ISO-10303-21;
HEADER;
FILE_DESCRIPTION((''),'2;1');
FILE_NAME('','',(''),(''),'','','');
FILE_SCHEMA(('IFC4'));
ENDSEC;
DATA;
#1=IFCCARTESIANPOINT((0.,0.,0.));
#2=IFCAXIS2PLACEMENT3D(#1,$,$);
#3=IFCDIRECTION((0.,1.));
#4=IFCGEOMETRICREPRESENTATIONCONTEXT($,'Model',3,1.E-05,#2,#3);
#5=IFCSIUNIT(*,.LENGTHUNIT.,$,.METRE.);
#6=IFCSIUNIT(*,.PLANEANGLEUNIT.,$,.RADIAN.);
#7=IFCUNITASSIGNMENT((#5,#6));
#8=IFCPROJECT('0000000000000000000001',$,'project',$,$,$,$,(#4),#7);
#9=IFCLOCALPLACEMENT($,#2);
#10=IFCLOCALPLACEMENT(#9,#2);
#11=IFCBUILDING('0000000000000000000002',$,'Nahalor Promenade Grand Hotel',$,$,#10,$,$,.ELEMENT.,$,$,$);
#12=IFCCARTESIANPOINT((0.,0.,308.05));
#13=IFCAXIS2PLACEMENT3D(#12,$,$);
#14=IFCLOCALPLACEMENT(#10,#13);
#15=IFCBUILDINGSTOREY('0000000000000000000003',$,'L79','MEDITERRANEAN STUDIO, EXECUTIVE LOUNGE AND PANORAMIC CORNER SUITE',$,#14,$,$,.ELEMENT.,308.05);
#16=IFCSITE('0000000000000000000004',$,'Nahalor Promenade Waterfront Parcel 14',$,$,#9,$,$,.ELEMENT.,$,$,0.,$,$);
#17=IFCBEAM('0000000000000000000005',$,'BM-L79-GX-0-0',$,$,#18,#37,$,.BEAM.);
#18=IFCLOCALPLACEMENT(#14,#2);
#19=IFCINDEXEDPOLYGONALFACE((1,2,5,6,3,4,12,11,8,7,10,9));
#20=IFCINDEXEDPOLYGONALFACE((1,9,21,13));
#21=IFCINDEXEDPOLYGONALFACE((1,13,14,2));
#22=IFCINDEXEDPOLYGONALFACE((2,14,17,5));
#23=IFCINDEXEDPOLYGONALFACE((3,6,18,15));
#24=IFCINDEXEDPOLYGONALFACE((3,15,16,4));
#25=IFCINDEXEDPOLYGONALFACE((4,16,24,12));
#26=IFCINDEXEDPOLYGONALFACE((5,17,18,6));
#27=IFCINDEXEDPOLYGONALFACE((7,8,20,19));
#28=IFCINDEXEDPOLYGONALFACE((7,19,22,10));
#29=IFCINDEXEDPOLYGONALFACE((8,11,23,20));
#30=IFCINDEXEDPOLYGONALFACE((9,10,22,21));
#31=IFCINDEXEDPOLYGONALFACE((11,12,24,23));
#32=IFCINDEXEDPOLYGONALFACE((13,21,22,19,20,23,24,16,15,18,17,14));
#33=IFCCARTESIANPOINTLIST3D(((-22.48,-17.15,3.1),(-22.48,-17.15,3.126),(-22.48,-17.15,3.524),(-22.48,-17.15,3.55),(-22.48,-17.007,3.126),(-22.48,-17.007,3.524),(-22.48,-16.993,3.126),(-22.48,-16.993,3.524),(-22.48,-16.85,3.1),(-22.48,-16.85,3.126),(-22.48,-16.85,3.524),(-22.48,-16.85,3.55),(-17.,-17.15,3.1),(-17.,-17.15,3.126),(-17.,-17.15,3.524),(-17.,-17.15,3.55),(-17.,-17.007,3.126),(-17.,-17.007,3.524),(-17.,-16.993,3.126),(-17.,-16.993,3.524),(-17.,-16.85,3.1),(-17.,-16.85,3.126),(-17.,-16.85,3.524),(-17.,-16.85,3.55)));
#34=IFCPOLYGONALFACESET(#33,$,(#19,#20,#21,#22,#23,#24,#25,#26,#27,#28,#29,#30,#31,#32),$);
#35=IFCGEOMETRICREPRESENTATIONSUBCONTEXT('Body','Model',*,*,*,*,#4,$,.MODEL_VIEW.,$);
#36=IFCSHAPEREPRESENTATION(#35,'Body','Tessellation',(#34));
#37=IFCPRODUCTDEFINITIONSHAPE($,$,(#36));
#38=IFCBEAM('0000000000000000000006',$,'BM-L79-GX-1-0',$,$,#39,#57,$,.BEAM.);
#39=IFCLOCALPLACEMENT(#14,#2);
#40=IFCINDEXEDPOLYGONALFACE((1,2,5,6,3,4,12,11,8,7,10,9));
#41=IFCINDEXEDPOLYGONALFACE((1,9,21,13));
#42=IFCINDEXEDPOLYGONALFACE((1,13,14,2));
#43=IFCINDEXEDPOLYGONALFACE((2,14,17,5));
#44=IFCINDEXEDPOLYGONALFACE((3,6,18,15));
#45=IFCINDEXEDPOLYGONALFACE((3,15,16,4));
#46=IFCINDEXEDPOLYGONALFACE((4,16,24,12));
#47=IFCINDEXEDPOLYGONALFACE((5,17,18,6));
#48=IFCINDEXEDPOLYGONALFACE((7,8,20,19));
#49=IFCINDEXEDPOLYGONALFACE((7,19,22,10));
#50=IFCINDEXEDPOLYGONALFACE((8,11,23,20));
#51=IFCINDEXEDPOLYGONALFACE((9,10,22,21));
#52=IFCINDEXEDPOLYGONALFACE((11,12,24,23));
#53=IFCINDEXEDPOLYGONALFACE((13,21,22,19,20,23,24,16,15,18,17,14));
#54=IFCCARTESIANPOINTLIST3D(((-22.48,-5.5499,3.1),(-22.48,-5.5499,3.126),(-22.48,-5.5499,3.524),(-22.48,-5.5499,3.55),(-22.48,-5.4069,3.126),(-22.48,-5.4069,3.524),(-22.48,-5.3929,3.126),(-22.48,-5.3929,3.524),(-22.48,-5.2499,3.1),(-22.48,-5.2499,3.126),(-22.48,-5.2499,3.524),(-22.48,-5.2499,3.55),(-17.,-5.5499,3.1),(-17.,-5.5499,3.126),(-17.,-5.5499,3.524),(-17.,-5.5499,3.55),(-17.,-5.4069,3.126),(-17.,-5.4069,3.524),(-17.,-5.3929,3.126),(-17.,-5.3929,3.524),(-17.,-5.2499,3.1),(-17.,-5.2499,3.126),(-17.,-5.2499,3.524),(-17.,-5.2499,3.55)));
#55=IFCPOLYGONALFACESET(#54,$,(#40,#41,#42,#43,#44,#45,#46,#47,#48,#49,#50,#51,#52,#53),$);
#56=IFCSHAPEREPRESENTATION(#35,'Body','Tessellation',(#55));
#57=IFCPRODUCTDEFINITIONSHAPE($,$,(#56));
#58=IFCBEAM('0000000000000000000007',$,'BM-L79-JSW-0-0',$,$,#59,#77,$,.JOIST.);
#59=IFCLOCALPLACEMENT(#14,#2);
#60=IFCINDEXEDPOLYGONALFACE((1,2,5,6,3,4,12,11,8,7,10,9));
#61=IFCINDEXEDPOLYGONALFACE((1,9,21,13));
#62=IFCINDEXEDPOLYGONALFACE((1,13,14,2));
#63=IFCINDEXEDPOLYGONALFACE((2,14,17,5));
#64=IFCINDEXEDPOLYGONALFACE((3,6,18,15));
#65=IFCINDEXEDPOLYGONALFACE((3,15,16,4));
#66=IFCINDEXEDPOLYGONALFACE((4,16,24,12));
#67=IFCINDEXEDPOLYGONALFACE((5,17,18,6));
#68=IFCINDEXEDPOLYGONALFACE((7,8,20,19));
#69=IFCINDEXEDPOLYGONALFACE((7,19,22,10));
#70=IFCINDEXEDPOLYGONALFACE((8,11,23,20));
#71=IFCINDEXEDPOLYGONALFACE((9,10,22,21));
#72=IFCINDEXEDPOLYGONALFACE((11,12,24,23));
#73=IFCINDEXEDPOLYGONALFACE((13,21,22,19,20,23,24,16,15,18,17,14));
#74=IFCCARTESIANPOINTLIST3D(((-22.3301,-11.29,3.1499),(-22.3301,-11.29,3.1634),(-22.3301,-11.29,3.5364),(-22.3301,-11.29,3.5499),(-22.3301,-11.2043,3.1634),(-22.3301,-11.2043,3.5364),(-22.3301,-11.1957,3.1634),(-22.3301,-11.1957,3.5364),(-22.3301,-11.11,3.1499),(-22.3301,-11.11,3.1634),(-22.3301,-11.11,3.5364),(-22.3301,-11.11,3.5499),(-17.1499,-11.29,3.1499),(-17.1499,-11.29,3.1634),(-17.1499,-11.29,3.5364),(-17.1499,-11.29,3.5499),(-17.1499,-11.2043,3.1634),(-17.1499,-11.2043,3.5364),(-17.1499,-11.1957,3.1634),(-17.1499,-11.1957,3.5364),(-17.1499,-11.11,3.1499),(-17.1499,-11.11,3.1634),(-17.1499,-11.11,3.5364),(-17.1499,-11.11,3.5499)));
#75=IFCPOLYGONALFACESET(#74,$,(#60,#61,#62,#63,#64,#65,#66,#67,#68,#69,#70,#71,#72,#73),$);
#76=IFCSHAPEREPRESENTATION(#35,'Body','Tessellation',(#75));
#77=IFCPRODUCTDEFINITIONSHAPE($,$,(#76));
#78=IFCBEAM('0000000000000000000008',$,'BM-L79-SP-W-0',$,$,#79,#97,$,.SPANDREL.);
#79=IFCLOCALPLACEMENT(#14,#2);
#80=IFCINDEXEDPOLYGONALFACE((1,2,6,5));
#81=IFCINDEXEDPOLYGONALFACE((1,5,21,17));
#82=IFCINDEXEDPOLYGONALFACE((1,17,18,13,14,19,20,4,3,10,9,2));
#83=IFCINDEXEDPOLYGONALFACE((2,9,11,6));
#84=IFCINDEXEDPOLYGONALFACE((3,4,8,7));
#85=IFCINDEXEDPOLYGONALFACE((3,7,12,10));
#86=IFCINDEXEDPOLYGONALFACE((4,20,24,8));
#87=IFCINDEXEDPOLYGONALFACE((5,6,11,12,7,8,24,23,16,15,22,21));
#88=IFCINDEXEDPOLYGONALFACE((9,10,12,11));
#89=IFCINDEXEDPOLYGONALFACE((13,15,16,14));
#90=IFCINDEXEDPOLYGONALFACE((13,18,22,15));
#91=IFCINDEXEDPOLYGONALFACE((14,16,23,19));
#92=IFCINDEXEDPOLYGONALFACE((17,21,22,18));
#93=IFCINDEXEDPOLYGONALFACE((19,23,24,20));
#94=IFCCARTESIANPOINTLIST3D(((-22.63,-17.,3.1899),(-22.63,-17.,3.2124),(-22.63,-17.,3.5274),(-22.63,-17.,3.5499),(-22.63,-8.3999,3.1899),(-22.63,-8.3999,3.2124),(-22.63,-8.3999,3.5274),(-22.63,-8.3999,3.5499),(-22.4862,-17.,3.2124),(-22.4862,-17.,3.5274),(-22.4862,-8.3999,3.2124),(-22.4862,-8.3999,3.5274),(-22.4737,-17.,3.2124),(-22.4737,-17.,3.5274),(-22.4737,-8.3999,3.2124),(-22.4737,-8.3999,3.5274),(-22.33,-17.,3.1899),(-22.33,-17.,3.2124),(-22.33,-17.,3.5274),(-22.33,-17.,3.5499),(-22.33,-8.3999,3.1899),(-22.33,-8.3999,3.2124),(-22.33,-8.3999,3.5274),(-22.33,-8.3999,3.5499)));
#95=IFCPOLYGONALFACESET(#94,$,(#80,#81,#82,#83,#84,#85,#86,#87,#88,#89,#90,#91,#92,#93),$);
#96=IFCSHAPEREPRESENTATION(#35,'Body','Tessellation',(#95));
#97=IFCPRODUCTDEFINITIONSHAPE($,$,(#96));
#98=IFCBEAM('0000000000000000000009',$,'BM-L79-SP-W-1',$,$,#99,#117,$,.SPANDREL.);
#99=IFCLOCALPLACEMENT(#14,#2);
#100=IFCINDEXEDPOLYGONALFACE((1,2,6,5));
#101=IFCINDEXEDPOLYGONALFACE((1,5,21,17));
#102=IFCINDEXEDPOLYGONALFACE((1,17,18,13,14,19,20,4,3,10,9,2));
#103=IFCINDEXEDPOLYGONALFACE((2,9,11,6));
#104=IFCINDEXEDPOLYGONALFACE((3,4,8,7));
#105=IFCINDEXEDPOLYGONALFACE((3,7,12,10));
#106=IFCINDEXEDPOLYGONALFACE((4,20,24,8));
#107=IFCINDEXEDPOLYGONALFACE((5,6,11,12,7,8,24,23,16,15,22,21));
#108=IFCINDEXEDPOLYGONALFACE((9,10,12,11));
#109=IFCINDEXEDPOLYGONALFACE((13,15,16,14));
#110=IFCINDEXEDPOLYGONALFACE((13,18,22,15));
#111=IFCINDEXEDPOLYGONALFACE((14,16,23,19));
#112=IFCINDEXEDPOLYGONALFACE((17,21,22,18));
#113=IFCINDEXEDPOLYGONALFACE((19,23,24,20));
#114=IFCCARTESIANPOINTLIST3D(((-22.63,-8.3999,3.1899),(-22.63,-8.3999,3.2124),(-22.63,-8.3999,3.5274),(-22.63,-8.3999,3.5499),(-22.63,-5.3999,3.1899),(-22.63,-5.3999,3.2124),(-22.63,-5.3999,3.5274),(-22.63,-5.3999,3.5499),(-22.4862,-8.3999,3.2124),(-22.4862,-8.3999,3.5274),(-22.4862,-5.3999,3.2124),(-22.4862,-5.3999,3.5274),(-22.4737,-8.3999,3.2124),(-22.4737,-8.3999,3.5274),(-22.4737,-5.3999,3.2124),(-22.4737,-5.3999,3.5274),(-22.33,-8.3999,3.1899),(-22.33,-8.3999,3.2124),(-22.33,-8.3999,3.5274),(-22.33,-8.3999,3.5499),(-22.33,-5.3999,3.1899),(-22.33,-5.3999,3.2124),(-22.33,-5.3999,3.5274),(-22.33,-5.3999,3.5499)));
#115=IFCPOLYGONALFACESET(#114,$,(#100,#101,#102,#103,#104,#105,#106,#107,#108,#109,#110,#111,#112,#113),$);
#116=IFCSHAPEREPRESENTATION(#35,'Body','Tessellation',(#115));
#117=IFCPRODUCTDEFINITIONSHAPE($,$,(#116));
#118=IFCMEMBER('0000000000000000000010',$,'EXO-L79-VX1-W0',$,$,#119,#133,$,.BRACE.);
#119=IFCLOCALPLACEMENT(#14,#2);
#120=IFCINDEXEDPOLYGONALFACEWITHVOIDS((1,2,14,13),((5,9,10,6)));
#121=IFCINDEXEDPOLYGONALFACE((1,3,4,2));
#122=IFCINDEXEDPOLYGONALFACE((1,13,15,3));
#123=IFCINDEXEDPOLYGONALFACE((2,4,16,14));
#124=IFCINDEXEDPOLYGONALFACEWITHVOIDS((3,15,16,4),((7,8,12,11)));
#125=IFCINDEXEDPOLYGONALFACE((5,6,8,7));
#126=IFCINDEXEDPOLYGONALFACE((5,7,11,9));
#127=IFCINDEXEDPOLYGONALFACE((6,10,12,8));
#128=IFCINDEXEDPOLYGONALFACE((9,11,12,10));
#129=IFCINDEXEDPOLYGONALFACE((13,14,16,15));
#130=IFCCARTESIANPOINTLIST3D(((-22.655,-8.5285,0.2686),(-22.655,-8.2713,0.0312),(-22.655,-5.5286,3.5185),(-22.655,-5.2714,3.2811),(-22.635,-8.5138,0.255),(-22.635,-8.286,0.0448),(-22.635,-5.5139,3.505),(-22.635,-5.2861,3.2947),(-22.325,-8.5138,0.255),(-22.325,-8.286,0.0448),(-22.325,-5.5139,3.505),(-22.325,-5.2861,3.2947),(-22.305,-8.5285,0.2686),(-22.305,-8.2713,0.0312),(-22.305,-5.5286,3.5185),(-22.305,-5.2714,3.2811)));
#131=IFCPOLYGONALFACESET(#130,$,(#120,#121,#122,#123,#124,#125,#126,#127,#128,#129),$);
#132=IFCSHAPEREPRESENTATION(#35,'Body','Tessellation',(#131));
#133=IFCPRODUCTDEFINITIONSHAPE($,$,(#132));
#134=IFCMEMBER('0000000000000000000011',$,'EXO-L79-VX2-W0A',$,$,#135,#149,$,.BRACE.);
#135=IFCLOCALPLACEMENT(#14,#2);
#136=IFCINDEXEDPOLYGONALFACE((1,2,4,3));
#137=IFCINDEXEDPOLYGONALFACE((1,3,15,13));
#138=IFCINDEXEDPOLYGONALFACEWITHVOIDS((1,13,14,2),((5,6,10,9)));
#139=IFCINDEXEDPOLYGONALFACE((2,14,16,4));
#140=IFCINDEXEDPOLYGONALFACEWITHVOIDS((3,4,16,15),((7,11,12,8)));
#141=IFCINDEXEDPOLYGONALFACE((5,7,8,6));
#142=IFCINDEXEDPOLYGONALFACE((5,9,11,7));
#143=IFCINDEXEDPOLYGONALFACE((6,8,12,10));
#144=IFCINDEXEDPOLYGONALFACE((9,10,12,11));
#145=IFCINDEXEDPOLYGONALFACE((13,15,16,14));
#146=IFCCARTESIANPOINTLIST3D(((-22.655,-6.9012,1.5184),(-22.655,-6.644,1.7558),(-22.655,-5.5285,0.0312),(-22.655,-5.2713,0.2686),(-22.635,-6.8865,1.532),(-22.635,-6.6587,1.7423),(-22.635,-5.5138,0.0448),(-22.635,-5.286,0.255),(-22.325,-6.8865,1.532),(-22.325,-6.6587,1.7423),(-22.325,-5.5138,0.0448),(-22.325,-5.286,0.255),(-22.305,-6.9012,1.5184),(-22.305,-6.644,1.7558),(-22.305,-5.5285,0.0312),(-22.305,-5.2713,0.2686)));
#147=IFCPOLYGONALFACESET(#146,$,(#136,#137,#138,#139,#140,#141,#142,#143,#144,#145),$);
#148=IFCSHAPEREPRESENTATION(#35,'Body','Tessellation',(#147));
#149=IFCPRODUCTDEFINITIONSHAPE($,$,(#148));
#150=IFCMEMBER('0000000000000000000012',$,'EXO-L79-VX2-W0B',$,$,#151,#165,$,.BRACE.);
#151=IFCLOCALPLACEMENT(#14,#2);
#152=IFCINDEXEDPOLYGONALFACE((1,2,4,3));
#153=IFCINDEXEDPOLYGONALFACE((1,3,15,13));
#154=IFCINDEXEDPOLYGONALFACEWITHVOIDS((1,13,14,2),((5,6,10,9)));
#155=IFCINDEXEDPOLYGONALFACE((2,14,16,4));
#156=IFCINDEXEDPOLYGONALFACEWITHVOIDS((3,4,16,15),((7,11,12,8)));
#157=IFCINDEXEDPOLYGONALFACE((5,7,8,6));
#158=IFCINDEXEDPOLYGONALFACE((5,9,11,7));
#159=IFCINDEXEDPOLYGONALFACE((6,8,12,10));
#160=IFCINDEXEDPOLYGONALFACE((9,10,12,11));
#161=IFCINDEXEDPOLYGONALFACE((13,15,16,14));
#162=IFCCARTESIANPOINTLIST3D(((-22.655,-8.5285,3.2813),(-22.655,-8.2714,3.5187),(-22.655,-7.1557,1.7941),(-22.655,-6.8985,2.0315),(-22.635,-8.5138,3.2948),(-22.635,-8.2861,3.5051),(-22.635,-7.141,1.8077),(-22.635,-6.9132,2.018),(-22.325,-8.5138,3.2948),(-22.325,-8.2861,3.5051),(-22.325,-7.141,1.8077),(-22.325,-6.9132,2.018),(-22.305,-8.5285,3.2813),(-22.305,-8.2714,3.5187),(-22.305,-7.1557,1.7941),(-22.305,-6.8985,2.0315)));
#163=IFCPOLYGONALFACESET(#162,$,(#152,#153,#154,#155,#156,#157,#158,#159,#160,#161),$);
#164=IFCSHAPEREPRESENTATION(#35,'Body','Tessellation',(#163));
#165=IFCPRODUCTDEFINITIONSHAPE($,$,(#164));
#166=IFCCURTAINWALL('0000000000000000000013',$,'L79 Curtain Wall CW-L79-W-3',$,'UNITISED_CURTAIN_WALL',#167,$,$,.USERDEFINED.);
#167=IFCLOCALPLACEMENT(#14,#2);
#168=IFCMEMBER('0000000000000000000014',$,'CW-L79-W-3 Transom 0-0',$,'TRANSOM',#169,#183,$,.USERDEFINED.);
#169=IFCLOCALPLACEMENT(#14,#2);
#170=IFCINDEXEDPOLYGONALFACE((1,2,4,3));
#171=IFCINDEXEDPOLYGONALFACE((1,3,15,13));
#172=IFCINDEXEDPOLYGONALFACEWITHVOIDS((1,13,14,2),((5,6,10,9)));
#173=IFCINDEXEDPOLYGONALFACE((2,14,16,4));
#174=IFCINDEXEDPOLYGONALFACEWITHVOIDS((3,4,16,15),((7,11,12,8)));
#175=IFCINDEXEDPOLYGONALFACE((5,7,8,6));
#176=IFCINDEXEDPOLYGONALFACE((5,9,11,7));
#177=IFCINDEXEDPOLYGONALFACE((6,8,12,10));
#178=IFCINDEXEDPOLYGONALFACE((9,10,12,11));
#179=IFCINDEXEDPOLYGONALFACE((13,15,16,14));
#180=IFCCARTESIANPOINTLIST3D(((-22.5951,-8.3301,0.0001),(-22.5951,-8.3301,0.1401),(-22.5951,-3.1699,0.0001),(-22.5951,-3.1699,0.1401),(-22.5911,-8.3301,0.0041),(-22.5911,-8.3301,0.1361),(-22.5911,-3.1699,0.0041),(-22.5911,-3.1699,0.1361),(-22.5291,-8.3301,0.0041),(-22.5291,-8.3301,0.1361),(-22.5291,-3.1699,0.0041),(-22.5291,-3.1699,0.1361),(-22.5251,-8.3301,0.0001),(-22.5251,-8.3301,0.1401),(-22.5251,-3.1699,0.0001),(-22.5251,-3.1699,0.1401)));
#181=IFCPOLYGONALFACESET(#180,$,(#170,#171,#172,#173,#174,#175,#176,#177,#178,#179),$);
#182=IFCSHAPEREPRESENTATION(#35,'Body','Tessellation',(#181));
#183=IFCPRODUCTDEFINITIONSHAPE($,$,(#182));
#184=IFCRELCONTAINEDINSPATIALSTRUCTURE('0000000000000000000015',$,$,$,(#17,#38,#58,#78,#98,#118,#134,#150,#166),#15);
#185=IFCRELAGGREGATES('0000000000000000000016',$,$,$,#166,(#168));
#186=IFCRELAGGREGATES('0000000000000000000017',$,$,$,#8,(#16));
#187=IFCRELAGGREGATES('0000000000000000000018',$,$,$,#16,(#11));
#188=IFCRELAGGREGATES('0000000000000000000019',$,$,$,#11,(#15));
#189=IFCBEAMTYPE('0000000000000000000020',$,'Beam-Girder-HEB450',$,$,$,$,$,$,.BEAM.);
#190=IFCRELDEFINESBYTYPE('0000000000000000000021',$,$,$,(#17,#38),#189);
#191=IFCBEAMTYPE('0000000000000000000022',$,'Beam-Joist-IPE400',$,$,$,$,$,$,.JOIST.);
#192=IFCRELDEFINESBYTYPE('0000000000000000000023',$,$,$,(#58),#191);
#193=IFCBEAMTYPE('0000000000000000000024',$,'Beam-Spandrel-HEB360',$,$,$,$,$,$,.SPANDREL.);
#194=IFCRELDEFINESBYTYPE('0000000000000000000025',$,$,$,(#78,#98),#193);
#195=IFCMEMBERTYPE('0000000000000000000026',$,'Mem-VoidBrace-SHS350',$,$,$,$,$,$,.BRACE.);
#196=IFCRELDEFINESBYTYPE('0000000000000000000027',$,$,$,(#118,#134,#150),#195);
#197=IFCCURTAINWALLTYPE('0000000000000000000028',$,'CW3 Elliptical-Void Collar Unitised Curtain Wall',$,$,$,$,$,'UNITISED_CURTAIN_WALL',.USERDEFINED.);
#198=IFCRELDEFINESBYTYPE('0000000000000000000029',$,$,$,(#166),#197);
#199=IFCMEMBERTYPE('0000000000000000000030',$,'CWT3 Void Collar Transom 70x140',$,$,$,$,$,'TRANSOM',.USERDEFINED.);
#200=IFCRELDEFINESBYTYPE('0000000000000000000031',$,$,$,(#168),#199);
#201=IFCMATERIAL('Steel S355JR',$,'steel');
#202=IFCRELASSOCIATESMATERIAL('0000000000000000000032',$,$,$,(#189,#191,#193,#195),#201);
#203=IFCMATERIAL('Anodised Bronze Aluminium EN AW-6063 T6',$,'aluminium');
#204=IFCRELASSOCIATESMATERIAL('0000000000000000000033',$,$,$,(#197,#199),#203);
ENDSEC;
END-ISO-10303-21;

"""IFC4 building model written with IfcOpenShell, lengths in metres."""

from ifc_helpers import new_model, si_unit, direction, frame, origin, origin_2d, place, context, subcontext, project, spatial, hollow_rectangle, i_section, extrude, source, transform, mapped, material, material_profile, profile_set, type_object, element, aggregate, save


model = new_model("IFC4")

# Units and contexts
model_context = context("Model", 3, precision=1e-05, world=origin(), true_north=direction((0.0, 1.0)))
body_context = subcontext(model_context, "Body", "Model", "MODEL_VIEW")
ifc_project = project(units=[si_unit("LENGTHUNIT", "METRE"), si_unit("PLANEANGLEUNIT", "RADIAN")], contexts=[model_context])

# Site, building, storey
site_placement = place(None, origin())
site = spatial("IfcSite", under=ifc_project, at=site_placement, Name="Nahalor Promenade Waterfront Parcel 14", CompositionType="ELEMENT", RefElevation=0.0)
building_placement = place(site_placement, origin())
building = spatial("IfcBuilding", under=site, at=building_placement, Name="Nahalor Promenade Grand Hotel", CompositionType="ELEMENT")
storey_placement = place(building_placement, frame((0.0, 0.0, 308.05)))
storey = spatial("IfcBuildingStorey", under=building, at=storey_placement, Name="L79", Description="MEDITERRANEAN STUDIO, EXECUTIVE LOUNGE AND PANORAMIC CORNER SUITE", CompositionType="ELEMENT", Elevation=308.05)

# Shared definitions
ifc_material_1 = material(Name="Steel S355JR", Category="steel")

# Beams
ifc_material_profile_1 = material_profile(ifc_material_1, i_section(OverallWidth=0.3, OverallDepth=0.45, WebThickness=0.014, FlangeThickness=0.026, at=origin_2d()), Name="HEB 450")
ifc_profile_set_1 = profile_set([ifc_material_profile_1], Name="Steel S355JR")
beam_type_1 = type_object("IfcBeamType", Name="Beam-Girder-HEB450", PredefinedType="BEAM", material=ifc_profile_set_1)
shared_shape_1 = source(origin(), body_context, "Body", "SweptSolid", [
    extrude(i_section(OverallWidth=0.3, OverallDepth=0.45, WebThickness=0.014, FlangeThickness=0.026, at=origin_2d()), origin(), (0.0, 0.0, 1.0), 5.48),
])
for number, where, z_axis, x_axis, name in (
    (1, (-22.48, -17.0, 3.325), (1.0, 0.0, 0.0), (0.0, 1.0, 0.0), "BM-L79-GX-0-0"),
    (2, (-22.48, -5.3999, 3.325), (1.0, 0.0, 0.0), (0.0, 1.0, 0.0), "BM-L79-GX-1-0"),
):
    element("IfcBeam", number, at=place(storey_placement, frame(where, z_axis=z_axis, x_axis=x_axis)), inside=storey, type_object=beam_type_1, Name=name, PredefinedType="BEAM", context=body_context, shape_type="MappedRepresentation", body=[
        mapped(shared_shape_1, transform((0.0, 0.0, 0.0), scale=1.0)),
    ])
ifc_material_profile_2 = material_profile(ifc_material_1, i_section(OverallWidth=0.18, OverallDepth=0.4, WebThickness=0.0086, FlangeThickness=0.0135, at=origin_2d()), Name="IPE 400")
ifc_profile_set_2 = profile_set([ifc_material_profile_2], Name="Steel S355JR")
beam_type_2 = type_object("IfcBeamType", Name="Beam-Joist-IPE400", PredefinedType="JOIST", material=ifc_profile_set_2)
shared_shape_2 = source(origin(), body_context, "Body", "SweptSolid", [
    extrude(i_section(OverallWidth=0.18, OverallDepth=0.4, WebThickness=0.0086, FlangeThickness=0.0135, at=origin_2d()), origin(), (0.0, 0.0, 1.0), 5.1802),
])
beam_1_placement = place(storey_placement, frame((-22.3301, -11.2, 3.3499), z_axis=(1.0, 0.0, 0.0), x_axis=(0.0, 1.0, 0.0)))
element("IfcBeam", 3, at=beam_1_placement, inside=storey, type_object=beam_type_2, Name="BM-L79-JSW-0-0", PredefinedType="JOIST", context=body_context, shape_type="MappedRepresentation", body=[
    mapped(shared_shape_2, transform((0.0, 0.0, 0.0), scale=1.0)),
])
ifc_material_profile_3 = material_profile(ifc_material_1, i_section(OverallWidth=0.3, OverallDepth=0.36, WebThickness=0.0125, FlangeThickness=0.0225, at=origin_2d()), Name="HEB 360")
ifc_profile_set_3 = profile_set([ifc_material_profile_3], Name="Steel S355JR")
beam_type_3 = type_object("IfcBeamType", Name="Beam-Spandrel-HEB360", PredefinedType="SPANDREL", material=ifc_profile_set_3)
shared_shape_3 = source(origin(), body_context, "Body", "SweptSolid", [
    extrude(i_section(OverallWidth=0.3, OverallDepth=0.36, WebThickness=0.0125, FlangeThickness=0.0225, at=origin_2d()), origin(), (0.0, 0.0, 1.0), 8.6001),
])
beam_2_placement = place(storey_placement, frame((-22.48, -17.0, 3.3699), z_axis=(0.0, 1.0, 0.0), x_axis=(-1.0, 0.0, 0.0)))
element("IfcBeam", 4, at=beam_2_placement, inside=storey, type_object=beam_type_3, Name="BM-L79-SP-W-0", PredefinedType="SPANDREL", context=body_context, shape_type="MappedRepresentation", body=[
    mapped(shared_shape_3, transform((0.0, 0.0, 0.0), scale=1.0)),
])
shared_shape_4 = source(origin(), body_context, "Body", "SweptSolid", [
    extrude(i_section(OverallWidth=0.3, OverallDepth=0.36, WebThickness=0.0125, FlangeThickness=0.0225, at=origin_2d()), origin(), (0.0, 0.0, 1.0), 3.0),
])
beam_3_placement = place(storey_placement, frame((-22.48, -8.3999, 3.3699), z_axis=(0.0, 1.0, 0.0), x_axis=(-1.0, 0.0, 0.0)))
element("IfcBeam", 5, at=beam_3_placement, inside=storey, type_object=beam_type_3, Name="BM-L79-SP-W-1", PredefinedType="SPANDREL", context=body_context, shape_type="MappedRepresentation", body=[
    mapped(shared_shape_4, transform((0.0, 0.0, 0.0), scale=1.0)),
])

# Members
ifc_material_profile_4 = material_profile(ifc_material_1, hollow_rectangle(XDim=0.35, YDim=0.35, WallThickness=0.02, at=origin_2d()), Name="SHS 350x350x20")
ifc_profile_set_4 = profile_set([ifc_material_profile_4], Name="Steel S355JR")
member_type_1 = type_object("IfcMemberType", Name="Mem-VoidBrace-SHS350", PredefinedType="BRACE", material=ifc_profile_set_4)
shared_shape_5 = source(origin(), body_context, "Body", "SweptSolid", [
    extrude(hollow_rectangle(XDim=0.35, YDim=0.35, WallThickness=0.02, at=origin_2d()), origin(), (0.0, 0.0, 1.0), 4.4229),
])
member_1_placement = place(storey_placement, frame((-22.48, -8.3999, 0.1499), z_axis=(0.0, 0.67828, 0.734803), x_axis=(-1.0, 0.0, 0.0)))
element("IfcMember", 6, at=member_1_placement, inside=storey, type_object=member_type_1, Name="EXO-L79-VX1-W0", PredefinedType="BRACE", context=body_context, shape_type="MappedRepresentation", body=[
    mapped(shared_shape_5, transform((0.0, 0.0, 0.0), scale=1.0)),
])
shared_shape_6 = source(origin(), body_context, "Body", "SweptSolid", [
    extrude(hollow_rectangle(XDim=0.35, YDim=0.35, WallThickness=0.02, at=origin_2d()), origin(), (0.0, 0.0, 1.0), 2.0239),
])
for number, where, z_axis, x_axis, name in (
    (7, (-22.48, -5.3999, 0.1499), (0.0, -0.678255, 0.734827), (1.0, 0.0, 0.0), "EXO-L79-VX2-W0A"),
    (8, (-22.48, -7.0271, 1.9128), (0.0, -0.678315, 0.734771), (1.0, 0.0, 0.0), "EXO-L79-VX2-W0B"),
):
    element("IfcMember", number, at=place(storey_placement, frame(where, z_axis=z_axis, x_axis=x_axis)), inside=storey, type_object=member_type_1, Name=name, PredefinedType="BRACE", context=body_context, shape_type="MappedRepresentation", body=[
        mapped(shared_shape_6, transform((0.0, 0.0, 0.0), scale=1.0)),
    ])

# Curtain wall, member
ifc_material_2 = material(Name="Anodised Bronze Aluminium EN AW-6063 T6", Category="aluminium")
curtain_wall_type = type_object("IfcCurtainWallType", Name="CW3 Elliptical-Void Collar Unitised Curtain Wall", ElementType="UNITISED_CURTAIN_WALL", PredefinedType="USERDEFINED", material=ifc_material_2)
curtain_wall_1_placement = place(storey_placement, origin())
curtain_wall_1 = element("IfcCurtainWall", 9, at=curtain_wall_1_placement, inside=storey, type_object=curtain_wall_type, Name="L79 Curtain Wall CW-L79-W-3", ObjectType="UNITISED_CURTAIN_WALL", PredefinedType="USERDEFINED")
ifc_material_profile_5 = material_profile(ifc_material_2, hollow_rectangle(XDim=0.07, YDim=0.14, WallThickness=0.004, at=origin_2d()), Name="CWT 70x140x4")
ifc_profile_set_5 = profile_set([ifc_material_profile_5], Name="Anodised Bronze Aluminium EN AW-6063 T6")
member_type_2 = type_object("IfcMemberType", Name="CWT3 Void Collar Transom 70x140", ElementType="TRANSOM", PredefinedType="USERDEFINED", material=ifc_profile_set_5)
shared_shape_7 = source(origin(), body_context, "Body", "SweptSolid", [
    extrude(hollow_rectangle(XDim=0.07, YDim=0.14, WallThickness=0.004, at=origin_2d()), origin(), (0.0, 0.0, 1.0), 5.1602),
])
member_2_placement = place(storey_placement, frame((-22.5601, -8.3301, 0.0701), z_axis=(0.0, 1.0, 0.0), x_axis=(-1.0, 0.0, 0.0)))
member_2 = element("IfcMember", 10, at=member_2_placement, type_object=member_type_2, Name="CW-L79-W-3 Transom 0-0", ObjectType="TRANSOM", PredefinedType="USERDEFINED", context=body_context, shape_type="MappedRepresentation", body=[
    mapped(shared_shape_7, transform((0.0, 0.0, 0.0), scale=1.0)),
])

aggregate(curtain_wall_1, [member_2])

save(model, "model.ifc")
